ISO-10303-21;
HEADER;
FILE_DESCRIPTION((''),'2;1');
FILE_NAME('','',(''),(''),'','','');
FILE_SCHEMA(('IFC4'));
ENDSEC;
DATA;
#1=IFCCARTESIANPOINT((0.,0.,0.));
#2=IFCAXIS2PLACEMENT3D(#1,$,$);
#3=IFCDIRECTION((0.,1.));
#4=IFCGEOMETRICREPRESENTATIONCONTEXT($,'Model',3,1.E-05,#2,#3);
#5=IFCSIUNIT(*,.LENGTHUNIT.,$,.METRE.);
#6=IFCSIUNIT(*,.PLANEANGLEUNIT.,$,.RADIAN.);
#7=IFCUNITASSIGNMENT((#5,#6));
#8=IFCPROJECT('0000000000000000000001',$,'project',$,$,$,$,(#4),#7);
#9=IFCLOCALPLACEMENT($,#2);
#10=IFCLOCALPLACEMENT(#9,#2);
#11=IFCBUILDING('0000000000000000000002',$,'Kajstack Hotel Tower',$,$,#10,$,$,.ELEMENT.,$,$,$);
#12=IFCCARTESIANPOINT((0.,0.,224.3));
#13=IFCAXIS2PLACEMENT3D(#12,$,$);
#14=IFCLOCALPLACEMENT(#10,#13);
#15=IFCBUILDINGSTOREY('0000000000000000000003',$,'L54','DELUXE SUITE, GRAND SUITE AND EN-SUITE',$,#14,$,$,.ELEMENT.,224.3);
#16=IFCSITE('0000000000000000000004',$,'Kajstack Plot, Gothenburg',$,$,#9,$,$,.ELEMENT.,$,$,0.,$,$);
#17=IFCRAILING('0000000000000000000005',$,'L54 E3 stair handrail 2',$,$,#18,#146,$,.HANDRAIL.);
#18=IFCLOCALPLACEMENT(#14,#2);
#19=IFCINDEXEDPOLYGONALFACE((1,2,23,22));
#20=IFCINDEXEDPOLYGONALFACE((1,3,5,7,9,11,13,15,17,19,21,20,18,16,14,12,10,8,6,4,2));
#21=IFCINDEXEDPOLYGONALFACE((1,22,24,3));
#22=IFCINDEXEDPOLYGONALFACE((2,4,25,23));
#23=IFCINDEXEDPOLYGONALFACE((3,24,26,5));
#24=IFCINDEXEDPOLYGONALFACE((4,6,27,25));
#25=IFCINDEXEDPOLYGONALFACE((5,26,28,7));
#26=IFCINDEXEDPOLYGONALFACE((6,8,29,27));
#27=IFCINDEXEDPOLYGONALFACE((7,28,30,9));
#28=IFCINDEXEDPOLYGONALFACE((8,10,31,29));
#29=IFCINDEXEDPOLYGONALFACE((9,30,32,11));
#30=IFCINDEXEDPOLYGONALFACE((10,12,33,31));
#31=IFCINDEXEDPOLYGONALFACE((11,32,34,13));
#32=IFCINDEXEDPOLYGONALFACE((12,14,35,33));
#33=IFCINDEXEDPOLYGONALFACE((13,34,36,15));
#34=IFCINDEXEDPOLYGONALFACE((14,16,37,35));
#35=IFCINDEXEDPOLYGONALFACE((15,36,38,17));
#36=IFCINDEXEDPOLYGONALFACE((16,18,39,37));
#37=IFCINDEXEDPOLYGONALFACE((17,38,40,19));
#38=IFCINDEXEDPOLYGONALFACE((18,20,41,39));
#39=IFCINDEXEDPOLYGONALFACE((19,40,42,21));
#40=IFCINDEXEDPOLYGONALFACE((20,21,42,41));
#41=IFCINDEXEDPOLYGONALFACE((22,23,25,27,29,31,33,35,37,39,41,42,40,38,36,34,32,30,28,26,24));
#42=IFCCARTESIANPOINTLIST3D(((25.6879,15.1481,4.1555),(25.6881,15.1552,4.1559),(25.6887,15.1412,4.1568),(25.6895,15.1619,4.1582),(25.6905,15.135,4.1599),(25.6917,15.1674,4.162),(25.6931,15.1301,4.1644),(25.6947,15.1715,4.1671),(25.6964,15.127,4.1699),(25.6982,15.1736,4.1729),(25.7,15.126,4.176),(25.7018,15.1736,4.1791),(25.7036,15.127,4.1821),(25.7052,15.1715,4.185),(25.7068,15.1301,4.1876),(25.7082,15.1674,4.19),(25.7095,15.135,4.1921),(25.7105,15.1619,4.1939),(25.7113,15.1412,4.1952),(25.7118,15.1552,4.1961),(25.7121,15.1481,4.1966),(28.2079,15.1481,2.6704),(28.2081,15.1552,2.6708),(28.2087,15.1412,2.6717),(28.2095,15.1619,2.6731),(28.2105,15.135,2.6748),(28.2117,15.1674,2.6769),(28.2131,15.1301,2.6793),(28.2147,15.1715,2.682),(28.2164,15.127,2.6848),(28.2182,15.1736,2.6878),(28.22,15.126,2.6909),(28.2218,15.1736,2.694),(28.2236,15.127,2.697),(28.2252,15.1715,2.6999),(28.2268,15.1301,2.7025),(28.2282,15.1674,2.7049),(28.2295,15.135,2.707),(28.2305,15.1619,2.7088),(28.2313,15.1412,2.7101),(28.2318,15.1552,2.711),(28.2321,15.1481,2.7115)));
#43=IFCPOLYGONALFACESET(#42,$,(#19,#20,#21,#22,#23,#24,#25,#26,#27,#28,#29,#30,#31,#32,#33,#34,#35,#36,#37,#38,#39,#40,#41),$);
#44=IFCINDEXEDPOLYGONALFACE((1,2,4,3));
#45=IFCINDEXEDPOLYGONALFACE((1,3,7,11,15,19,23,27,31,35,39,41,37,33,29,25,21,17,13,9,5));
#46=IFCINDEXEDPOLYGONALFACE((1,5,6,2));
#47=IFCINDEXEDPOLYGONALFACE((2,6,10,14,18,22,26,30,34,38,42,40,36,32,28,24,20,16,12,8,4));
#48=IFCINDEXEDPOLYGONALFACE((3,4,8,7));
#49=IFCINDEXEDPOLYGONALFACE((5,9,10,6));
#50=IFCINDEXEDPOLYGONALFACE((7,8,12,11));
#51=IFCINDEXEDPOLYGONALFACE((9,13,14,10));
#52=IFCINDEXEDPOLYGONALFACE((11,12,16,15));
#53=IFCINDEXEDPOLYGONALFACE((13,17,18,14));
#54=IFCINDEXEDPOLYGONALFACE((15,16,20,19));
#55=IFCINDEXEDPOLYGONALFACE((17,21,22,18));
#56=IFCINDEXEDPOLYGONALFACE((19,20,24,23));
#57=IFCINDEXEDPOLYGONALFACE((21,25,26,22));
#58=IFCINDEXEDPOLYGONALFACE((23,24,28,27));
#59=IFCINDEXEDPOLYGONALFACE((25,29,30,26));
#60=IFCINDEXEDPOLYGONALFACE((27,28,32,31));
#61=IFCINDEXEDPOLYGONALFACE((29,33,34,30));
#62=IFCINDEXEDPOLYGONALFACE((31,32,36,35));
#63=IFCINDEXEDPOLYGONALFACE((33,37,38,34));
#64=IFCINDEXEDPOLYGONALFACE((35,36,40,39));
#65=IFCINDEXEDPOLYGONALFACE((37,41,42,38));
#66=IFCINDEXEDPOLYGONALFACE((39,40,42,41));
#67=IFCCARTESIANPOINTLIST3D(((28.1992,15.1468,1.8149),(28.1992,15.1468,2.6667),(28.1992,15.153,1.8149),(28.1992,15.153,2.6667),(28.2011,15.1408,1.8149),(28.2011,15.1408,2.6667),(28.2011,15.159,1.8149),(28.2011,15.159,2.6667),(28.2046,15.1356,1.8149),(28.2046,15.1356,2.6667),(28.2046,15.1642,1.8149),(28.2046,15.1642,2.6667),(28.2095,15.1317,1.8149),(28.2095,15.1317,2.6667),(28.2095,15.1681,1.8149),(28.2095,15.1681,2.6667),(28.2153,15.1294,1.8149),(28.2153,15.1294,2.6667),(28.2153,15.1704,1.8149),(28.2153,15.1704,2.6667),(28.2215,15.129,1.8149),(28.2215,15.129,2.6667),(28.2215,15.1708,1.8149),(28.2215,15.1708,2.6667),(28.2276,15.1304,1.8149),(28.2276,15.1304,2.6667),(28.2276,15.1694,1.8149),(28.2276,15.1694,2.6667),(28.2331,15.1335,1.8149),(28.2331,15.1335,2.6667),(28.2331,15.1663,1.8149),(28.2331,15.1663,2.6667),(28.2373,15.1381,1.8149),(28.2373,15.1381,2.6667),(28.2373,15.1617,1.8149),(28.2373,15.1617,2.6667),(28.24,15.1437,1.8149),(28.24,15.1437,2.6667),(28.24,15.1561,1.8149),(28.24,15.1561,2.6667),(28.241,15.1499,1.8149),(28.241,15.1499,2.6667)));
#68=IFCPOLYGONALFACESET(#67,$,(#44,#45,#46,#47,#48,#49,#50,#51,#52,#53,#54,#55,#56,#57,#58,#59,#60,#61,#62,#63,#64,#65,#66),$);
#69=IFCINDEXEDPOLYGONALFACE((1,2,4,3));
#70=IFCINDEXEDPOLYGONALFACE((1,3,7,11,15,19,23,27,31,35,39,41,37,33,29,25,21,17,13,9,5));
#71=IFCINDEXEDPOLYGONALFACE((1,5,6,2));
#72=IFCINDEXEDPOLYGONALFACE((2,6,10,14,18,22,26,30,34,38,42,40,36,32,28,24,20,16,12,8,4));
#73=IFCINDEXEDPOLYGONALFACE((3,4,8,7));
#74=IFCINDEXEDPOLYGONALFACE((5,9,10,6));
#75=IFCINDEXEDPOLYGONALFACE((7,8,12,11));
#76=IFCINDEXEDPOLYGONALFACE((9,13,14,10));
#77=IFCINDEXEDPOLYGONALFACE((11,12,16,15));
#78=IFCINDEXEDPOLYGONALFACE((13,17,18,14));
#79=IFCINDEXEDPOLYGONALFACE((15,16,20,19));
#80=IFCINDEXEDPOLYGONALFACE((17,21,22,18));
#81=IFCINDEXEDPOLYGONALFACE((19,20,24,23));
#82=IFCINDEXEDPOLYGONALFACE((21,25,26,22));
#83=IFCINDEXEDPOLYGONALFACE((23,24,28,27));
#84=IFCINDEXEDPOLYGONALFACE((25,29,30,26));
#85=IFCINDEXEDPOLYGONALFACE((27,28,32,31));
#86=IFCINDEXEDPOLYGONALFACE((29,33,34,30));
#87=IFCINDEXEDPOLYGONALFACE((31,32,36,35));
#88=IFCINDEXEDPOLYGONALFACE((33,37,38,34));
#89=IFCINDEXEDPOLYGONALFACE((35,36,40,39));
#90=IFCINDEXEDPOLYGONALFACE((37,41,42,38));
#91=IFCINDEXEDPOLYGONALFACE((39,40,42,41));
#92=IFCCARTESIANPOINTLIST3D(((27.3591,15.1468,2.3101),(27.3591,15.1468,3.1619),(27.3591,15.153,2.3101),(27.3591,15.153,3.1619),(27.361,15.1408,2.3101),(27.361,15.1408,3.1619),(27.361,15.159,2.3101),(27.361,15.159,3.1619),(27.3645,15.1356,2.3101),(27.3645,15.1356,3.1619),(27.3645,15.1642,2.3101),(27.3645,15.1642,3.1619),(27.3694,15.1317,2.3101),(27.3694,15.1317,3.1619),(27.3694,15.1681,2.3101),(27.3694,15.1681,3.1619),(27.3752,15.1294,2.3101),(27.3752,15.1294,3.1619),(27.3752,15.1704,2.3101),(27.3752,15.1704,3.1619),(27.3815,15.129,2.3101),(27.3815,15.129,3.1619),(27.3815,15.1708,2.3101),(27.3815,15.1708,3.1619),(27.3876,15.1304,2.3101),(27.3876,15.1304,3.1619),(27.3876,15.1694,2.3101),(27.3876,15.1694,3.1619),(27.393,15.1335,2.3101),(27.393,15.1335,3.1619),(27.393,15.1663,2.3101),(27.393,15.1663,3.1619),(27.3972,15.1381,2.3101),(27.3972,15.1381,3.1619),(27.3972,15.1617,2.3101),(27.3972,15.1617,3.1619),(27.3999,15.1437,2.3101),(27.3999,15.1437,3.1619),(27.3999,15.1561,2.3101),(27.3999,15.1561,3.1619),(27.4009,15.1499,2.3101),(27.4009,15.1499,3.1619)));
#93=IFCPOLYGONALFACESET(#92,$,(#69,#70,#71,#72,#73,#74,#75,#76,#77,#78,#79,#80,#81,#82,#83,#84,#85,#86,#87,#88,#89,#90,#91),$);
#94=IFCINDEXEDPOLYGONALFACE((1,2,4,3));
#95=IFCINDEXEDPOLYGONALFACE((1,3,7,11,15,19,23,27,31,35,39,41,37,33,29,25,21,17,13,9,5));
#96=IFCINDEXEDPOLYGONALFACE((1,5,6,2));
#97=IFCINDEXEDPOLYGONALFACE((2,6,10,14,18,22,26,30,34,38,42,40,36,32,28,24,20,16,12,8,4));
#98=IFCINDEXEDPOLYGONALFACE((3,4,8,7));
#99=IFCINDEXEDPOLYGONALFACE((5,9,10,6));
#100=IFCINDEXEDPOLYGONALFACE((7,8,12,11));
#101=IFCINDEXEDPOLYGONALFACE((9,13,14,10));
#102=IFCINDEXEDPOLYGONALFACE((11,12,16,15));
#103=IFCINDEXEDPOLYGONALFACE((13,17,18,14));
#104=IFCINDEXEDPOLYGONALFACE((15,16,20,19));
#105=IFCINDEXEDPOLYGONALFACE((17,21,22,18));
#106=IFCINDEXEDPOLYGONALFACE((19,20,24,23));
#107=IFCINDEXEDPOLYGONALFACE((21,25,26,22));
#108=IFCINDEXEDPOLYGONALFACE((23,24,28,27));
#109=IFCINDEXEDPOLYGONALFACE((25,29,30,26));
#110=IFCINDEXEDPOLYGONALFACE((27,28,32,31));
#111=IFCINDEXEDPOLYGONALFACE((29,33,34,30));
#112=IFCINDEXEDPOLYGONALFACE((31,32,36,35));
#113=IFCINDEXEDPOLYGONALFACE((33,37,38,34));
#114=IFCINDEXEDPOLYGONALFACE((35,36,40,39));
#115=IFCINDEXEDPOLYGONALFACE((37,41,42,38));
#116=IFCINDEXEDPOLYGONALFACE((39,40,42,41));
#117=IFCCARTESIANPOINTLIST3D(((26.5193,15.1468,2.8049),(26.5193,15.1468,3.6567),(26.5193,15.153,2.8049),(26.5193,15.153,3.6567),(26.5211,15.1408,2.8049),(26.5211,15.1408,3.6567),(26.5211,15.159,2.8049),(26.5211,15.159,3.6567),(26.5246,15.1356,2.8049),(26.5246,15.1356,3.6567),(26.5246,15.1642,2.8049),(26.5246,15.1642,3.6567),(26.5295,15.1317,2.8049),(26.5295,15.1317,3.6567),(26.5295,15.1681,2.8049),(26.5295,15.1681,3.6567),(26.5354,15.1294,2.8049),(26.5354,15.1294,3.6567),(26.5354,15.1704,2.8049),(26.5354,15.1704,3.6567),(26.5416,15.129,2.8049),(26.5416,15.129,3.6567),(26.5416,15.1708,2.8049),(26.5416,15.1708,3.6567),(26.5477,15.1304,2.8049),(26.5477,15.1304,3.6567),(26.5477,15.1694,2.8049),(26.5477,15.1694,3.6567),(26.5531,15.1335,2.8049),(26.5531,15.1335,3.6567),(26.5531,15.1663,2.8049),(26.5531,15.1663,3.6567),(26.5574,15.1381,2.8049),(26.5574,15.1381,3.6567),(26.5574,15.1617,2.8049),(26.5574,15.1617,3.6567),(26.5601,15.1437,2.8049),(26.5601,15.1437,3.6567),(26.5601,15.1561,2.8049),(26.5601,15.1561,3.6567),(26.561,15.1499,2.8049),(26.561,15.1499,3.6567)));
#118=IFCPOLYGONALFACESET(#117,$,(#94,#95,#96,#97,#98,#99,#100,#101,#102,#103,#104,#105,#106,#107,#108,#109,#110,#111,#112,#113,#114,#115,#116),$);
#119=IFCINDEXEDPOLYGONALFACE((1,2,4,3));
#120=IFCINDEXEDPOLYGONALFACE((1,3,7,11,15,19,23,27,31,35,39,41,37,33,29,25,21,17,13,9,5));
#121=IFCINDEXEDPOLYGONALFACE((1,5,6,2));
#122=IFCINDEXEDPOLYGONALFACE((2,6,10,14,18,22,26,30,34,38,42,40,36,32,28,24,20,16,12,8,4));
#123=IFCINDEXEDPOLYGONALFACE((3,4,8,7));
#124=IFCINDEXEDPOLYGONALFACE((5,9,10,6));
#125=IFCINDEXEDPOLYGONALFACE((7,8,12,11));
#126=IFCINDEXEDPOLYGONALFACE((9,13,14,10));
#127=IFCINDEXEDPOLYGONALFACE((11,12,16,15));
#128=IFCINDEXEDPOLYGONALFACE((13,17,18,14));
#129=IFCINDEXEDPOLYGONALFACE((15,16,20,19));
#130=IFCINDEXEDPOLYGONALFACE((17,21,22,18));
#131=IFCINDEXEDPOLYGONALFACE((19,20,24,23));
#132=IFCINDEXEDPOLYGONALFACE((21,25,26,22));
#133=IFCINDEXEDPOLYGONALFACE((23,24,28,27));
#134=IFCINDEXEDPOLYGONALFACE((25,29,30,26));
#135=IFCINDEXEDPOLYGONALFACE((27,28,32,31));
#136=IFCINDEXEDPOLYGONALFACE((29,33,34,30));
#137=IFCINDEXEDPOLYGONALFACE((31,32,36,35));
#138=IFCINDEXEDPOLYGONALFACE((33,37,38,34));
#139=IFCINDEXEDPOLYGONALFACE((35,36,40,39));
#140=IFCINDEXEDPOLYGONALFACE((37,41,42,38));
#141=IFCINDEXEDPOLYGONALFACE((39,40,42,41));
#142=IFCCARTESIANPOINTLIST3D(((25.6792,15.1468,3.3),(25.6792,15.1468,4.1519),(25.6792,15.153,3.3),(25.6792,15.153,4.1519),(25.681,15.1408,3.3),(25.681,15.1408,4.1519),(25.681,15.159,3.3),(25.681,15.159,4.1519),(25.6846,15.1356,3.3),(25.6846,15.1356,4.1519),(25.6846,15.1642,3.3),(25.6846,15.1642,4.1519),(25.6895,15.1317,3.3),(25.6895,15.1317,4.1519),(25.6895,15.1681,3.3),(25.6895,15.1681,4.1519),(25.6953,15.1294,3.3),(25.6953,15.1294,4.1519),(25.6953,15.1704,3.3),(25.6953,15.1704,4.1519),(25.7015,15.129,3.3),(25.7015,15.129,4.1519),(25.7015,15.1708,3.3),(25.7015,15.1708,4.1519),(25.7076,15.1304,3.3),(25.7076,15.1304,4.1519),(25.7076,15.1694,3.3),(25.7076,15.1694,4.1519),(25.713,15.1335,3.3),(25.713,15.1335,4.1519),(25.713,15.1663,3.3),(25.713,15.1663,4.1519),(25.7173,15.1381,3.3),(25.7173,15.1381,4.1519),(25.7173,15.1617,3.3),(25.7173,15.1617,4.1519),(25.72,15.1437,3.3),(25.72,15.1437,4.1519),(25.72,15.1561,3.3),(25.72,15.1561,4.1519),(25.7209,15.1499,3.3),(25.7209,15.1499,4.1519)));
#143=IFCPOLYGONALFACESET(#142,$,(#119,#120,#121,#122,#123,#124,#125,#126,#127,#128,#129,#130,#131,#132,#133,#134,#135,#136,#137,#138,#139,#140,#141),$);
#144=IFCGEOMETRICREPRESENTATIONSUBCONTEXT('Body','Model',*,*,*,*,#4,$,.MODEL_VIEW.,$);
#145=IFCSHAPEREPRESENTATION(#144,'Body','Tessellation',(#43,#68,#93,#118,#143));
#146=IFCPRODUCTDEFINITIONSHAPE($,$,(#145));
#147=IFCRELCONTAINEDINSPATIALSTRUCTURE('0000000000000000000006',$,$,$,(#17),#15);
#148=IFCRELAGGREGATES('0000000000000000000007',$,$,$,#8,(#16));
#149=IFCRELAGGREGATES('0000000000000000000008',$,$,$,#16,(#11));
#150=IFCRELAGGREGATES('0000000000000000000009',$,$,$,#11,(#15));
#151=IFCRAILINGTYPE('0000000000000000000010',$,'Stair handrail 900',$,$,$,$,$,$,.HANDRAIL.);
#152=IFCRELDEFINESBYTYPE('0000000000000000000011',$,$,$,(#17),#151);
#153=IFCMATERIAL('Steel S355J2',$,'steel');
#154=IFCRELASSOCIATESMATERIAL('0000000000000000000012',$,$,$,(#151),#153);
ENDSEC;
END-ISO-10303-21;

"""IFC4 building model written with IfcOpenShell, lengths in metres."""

from ifc_helpers import new_model, si_unit, direction, frame, origin, origin_2d, place, context, subcontext, project, spatial, circle, extrude, material, type_object, element, save


model = new_model("IFC4")

# Units and contexts
model_context = context("Model", 3, precision=1e-05, world=origin(), true_north=direction((0.0, 1.0)))
body_context = subcontext(model_context, "Body", "Model", "MODEL_VIEW")
ifc_project = project(units=[si_unit("LENGTHUNIT", "METRE"), si_unit("PLANEANGLEUNIT", "RADIAN")], contexts=[model_context])

# Site, building, storey
site_placement = place(None, origin())
site = spatial("IfcSite", under=ifc_project, at=site_placement, Name="Kajstack Plot, Gothenburg", CompositionType="ELEMENT", RefElevation=0.0)
building_placement = place(site_placement, origin())
building = spatial("IfcBuilding", under=site, at=building_placement, Name="Kajstack Hotel Tower", CompositionType="ELEMENT")
storey_placement = place(building_placement, frame((0.0, 0.0, 224.3)))
storey = spatial("IfcBuildingStorey", under=building, at=storey_placement, Name="L54", Description="DELUXE SUITE, GRAND SUITE AND EN-SUITE", CompositionType="ELEMENT", Elevation=224.3)

# Railing
ifc_material_1 = material(Name="Steel S355J2", Category="steel")
railing_type_1 = type_object("IfcRailingType", Name="Stair handrail 900", PredefinedType="HANDRAIL", material=ifc_material_1)
railing_1_placement = place(storey_placement, frame((28.22, 15.1499, 1.8149)))
element("IfcRailing", 1, at=railing_1_placement, inside=storey, type_object=railing_type_1, Name="L54 E3 stair handrail 2", PredefinedType="HANDRAIL", context=body_context, shape_type="SweptSolid", body=[
    extrude(circle(Radius=0.0239, at=origin_2d()), frame((0.0, 0.0, 0.876), z_axis=(-0.861524, 0.0, 0.507717), x_axis=(0.0, -1.0, 0.0)), (0.0, 0.0, 1.0), 2.925),
    extrude(circle(Radius=0.021, at=origin_2d()), origin(), (0.0, 0.0, 1.0), 0.8518),
    extrude(circle(Radius=0.021, at=origin_2d()), frame((-0.8401, 0.0, 0.4951)), (0.0, 0.0, 1.0), 0.8518),
    extrude(circle(Radius=0.021, at=origin_2d()), frame((-1.6799, 0.0, 0.99)), (0.0, 0.0, 1.0), 0.8518),
    extrude(circle(Radius=0.021, at=origin_2d()), frame((-2.52, 0.0, 1.4851)), (0.0, 0.0, 1.0), 0.8518),
])

save(model, "model.ifc")
